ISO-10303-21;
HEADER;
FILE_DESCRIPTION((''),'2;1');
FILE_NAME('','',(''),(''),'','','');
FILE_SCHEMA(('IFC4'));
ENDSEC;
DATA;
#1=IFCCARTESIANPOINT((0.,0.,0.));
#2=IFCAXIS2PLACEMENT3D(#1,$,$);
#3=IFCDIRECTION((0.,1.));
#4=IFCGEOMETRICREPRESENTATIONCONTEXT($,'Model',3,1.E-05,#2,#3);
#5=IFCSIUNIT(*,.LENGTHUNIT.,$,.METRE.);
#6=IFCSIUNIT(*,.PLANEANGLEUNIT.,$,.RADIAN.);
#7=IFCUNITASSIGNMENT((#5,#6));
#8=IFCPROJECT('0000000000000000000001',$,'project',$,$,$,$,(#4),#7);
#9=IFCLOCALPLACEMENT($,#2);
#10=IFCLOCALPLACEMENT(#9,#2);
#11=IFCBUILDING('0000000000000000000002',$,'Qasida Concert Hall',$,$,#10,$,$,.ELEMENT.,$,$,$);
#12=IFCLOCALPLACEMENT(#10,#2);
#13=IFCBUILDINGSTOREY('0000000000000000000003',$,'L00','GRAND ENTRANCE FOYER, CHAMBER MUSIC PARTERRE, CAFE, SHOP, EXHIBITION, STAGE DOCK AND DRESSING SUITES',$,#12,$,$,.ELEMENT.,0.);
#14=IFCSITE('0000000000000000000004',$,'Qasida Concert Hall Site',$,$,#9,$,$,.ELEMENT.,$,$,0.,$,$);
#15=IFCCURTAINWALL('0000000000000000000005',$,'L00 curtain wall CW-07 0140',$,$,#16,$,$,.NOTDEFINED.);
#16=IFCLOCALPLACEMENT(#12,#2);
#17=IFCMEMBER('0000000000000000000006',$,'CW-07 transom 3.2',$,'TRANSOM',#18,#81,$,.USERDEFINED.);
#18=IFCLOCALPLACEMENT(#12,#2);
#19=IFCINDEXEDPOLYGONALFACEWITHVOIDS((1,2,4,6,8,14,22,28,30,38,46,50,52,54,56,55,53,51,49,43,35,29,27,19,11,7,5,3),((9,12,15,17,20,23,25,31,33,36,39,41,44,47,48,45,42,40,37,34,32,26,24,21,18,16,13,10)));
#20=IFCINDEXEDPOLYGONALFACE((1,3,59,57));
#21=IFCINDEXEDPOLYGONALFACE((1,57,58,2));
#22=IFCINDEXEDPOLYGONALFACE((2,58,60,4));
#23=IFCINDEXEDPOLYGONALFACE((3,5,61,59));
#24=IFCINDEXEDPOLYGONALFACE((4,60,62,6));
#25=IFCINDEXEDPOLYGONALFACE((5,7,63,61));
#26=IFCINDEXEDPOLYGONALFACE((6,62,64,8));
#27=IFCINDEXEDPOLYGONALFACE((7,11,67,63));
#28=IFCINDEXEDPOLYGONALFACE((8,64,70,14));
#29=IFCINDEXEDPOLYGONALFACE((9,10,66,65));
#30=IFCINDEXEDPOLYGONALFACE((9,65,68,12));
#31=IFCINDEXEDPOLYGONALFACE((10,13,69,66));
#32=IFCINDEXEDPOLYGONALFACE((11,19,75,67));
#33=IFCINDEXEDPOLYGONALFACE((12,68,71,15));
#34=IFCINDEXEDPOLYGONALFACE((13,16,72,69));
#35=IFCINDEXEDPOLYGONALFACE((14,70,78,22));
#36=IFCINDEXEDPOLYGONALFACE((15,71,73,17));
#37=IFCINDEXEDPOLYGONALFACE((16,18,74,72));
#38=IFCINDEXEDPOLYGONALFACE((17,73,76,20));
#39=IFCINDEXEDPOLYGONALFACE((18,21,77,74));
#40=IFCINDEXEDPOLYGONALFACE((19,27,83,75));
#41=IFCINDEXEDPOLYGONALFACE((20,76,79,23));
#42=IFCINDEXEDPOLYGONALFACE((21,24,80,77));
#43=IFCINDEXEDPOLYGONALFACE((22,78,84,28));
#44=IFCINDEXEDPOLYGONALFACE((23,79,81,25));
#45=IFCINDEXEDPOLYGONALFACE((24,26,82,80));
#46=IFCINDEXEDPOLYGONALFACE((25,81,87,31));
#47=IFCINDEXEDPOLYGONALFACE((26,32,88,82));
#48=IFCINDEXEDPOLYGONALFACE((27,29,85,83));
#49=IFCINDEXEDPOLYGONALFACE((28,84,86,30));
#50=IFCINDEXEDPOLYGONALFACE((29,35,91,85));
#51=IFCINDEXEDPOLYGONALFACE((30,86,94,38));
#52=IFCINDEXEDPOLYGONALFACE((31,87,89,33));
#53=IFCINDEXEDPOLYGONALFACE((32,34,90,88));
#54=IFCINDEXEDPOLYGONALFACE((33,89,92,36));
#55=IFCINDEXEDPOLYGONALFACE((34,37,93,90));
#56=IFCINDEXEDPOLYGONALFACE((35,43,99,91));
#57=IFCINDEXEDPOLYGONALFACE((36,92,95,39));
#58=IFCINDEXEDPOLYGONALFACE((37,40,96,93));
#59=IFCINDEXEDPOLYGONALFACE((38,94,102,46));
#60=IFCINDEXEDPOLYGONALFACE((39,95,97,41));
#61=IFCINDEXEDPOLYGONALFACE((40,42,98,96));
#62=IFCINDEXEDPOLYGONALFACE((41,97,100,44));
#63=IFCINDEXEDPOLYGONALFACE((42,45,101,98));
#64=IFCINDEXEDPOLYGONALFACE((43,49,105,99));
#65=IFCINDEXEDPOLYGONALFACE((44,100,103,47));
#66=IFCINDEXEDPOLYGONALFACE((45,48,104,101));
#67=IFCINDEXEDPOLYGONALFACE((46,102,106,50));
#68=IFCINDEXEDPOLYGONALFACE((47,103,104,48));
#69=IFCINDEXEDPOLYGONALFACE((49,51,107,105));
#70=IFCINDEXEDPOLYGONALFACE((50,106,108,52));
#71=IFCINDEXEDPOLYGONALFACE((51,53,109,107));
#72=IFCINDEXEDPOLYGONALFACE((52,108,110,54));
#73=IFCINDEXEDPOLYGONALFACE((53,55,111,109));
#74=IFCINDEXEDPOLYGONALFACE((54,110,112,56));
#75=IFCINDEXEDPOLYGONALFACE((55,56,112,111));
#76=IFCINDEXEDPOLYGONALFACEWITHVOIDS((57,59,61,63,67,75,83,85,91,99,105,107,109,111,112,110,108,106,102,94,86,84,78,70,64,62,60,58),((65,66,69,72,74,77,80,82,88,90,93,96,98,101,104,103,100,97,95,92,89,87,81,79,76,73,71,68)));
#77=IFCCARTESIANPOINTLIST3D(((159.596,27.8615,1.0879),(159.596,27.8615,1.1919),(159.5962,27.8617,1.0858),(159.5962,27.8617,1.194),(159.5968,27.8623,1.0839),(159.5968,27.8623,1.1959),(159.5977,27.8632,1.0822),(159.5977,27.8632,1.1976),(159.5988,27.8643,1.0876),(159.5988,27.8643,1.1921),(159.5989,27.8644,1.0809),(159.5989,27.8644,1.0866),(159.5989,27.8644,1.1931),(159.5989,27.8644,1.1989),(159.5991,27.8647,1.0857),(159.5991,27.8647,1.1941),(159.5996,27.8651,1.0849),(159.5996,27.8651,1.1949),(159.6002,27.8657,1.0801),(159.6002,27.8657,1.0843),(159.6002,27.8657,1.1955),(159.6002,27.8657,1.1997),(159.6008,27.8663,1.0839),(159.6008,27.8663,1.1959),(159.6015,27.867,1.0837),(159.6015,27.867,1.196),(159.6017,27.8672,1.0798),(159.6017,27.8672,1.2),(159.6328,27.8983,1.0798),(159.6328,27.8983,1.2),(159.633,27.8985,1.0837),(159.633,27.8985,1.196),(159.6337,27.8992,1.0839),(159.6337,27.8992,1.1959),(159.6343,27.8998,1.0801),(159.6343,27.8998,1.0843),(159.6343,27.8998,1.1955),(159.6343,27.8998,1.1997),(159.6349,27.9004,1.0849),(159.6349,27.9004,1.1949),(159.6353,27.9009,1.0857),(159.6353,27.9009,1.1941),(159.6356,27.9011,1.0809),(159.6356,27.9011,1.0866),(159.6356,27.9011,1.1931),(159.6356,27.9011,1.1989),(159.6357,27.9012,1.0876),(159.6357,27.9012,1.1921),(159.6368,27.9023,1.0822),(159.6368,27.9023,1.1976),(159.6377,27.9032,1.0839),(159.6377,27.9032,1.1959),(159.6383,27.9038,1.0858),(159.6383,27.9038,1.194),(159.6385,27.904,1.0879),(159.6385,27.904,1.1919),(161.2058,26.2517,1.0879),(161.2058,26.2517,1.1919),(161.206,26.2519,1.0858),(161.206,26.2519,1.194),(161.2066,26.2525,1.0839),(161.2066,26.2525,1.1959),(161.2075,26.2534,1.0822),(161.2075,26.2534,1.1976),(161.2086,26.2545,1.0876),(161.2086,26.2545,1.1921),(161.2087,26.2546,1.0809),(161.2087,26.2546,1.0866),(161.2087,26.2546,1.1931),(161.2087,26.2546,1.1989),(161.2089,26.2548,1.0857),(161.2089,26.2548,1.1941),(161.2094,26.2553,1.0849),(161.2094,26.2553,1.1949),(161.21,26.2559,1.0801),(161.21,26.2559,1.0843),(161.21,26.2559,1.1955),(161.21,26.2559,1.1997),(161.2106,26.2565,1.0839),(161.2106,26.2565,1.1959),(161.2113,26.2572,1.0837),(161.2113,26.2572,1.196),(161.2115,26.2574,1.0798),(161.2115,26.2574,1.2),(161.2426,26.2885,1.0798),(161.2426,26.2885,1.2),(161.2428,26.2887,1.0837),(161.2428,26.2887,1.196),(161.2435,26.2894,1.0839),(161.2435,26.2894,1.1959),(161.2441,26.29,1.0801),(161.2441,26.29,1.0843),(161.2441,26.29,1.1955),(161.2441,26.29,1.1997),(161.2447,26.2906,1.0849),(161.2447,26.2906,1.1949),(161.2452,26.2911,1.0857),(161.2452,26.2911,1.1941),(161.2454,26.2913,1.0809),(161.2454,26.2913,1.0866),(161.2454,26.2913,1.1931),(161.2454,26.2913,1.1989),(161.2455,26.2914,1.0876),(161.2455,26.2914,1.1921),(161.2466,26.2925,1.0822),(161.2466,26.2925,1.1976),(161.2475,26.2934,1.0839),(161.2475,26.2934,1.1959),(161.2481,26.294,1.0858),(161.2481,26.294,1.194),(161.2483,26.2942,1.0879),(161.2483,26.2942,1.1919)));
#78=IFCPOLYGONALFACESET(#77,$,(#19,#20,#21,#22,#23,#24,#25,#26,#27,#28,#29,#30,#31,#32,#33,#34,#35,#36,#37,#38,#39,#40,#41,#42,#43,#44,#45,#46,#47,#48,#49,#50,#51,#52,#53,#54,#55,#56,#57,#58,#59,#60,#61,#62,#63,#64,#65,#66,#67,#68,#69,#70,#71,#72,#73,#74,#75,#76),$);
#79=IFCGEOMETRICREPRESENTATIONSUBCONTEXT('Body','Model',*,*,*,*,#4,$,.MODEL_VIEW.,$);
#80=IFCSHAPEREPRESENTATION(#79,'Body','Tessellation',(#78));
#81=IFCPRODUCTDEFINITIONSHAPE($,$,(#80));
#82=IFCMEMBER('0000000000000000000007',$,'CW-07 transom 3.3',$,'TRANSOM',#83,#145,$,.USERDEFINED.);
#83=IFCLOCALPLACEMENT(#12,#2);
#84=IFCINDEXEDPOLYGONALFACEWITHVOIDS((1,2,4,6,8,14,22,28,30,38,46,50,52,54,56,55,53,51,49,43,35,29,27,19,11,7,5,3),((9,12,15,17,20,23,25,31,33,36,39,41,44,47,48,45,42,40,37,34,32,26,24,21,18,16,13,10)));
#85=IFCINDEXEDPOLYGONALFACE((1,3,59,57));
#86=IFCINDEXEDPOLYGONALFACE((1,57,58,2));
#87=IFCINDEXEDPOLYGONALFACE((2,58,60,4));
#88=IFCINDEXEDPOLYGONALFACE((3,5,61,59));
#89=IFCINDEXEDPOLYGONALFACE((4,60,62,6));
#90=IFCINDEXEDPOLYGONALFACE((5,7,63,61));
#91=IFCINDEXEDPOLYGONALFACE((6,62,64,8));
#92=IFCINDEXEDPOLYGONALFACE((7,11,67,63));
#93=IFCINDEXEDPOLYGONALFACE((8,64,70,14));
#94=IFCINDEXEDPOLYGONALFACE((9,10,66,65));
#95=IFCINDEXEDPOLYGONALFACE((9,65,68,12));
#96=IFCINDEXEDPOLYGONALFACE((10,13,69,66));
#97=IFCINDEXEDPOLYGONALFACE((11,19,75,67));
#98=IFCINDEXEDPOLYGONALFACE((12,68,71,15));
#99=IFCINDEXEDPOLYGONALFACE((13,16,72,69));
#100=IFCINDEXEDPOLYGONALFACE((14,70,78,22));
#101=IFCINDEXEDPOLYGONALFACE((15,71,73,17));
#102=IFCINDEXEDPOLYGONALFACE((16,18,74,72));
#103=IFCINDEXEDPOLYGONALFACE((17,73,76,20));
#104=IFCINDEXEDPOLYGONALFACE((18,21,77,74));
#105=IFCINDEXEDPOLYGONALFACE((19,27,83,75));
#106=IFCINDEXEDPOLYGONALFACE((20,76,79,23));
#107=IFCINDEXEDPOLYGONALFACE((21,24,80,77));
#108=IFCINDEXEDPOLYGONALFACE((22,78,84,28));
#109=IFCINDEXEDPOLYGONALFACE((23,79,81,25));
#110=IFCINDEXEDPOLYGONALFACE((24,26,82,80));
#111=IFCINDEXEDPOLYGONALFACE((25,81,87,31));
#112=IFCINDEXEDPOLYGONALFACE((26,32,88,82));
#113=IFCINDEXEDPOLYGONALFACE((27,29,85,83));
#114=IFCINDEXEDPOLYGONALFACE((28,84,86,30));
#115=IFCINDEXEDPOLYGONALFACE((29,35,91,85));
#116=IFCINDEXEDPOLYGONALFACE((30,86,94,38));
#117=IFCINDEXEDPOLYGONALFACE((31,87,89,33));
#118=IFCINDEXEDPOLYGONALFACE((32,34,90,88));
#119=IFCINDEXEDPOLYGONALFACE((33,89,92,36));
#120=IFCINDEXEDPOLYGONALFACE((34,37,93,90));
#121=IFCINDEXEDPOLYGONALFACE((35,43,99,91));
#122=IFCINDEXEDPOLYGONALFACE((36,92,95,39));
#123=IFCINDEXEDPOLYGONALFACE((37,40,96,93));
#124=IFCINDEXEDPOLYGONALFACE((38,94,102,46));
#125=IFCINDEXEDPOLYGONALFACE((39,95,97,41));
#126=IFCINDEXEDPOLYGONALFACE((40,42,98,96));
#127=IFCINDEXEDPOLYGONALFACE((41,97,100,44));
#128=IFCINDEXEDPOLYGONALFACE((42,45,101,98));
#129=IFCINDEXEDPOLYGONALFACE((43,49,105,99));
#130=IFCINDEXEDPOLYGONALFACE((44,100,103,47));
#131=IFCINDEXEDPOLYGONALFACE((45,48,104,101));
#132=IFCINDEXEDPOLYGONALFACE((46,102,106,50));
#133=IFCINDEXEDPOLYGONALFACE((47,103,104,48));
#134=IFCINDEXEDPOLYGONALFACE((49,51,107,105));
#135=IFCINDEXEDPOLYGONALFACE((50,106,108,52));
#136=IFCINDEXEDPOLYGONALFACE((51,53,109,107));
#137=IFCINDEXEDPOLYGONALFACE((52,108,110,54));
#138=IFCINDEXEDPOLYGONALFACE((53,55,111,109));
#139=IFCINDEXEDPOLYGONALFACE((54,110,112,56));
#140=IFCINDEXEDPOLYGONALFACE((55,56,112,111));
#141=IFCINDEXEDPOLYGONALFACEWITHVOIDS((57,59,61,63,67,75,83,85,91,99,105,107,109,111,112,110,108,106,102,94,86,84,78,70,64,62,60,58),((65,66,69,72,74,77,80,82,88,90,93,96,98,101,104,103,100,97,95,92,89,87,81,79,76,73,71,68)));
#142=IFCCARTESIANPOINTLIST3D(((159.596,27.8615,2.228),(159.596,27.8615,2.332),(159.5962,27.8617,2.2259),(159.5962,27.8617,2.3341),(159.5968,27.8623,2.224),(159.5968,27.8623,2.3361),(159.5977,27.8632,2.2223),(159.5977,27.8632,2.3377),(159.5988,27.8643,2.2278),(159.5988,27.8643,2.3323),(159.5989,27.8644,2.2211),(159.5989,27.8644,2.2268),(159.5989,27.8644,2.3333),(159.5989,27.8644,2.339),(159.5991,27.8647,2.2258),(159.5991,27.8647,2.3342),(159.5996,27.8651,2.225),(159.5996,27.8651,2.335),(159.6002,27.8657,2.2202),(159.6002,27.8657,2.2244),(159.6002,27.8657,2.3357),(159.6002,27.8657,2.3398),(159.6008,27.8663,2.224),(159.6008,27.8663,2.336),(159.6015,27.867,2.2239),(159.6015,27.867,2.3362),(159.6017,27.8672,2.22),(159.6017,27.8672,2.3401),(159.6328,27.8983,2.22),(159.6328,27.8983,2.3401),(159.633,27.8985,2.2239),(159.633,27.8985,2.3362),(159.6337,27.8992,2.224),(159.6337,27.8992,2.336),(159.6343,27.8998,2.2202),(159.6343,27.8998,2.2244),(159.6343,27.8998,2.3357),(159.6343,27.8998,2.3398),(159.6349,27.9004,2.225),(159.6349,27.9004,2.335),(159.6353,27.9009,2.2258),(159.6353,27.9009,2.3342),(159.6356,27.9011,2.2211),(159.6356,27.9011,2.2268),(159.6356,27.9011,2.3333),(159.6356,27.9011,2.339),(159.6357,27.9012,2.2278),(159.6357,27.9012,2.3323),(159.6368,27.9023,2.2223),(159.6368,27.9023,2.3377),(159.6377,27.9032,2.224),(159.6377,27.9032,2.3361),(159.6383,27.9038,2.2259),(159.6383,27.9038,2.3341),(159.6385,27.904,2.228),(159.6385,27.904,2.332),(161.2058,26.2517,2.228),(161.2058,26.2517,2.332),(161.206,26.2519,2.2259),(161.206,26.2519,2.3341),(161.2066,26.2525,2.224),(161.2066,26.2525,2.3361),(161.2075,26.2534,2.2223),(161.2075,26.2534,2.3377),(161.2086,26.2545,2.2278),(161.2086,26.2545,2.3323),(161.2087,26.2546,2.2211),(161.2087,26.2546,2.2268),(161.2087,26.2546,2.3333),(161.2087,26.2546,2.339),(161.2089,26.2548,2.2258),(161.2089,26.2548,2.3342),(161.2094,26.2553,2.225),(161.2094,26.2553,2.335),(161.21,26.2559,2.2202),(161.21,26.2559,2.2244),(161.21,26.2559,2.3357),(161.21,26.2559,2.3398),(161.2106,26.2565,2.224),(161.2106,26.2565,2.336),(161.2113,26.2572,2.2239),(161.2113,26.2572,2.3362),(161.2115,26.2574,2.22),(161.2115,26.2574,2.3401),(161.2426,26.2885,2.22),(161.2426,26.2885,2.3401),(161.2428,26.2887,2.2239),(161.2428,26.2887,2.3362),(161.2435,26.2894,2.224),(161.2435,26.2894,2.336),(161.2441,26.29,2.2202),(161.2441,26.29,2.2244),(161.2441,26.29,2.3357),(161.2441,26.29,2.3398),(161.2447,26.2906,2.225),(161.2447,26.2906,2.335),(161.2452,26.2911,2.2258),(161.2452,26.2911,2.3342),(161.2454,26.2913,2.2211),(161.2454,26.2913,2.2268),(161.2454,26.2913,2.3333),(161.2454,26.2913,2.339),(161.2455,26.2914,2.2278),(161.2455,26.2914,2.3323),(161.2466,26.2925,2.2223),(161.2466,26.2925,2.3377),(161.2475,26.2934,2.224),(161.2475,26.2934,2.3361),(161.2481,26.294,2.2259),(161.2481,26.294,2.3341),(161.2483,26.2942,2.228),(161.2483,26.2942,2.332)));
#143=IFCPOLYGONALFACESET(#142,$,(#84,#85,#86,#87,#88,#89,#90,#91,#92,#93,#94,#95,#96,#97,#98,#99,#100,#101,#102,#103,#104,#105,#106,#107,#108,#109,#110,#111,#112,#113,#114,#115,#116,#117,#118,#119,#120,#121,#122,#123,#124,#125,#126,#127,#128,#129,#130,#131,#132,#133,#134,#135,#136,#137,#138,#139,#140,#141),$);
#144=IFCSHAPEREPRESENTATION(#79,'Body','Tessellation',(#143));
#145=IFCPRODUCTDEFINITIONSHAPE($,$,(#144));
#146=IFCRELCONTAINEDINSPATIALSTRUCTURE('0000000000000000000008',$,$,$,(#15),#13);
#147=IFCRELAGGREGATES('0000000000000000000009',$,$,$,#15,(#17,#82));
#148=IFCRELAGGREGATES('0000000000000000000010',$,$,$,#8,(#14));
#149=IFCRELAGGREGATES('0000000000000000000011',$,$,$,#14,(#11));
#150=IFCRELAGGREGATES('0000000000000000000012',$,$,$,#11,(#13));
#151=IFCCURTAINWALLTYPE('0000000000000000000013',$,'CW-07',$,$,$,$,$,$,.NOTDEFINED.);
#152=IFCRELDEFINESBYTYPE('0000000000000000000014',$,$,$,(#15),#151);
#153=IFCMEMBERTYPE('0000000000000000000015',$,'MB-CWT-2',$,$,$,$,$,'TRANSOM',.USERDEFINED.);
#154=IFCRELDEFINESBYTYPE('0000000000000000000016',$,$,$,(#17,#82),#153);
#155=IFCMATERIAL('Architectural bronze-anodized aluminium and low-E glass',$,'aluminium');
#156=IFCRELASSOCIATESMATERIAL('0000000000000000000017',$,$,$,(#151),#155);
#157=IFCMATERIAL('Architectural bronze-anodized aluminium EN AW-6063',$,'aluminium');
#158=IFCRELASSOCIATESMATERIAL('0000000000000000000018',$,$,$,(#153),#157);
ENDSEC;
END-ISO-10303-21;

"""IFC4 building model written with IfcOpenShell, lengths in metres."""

from ifc_helpers import new_model, si_unit, direction, frame, origin, origin_2d, place, context, subcontext, project, spatial, hollow_rectangle, extrude, material, material_profile, profile_set, type_object, element, aggregate, save


model = new_model("IFC4")

# Units and contexts
model_context = context("Model", 3, precision=1e-05, world=origin(), true_north=direction((0.0, 1.0)))
body_context = subcontext(model_context, "Body", "Model", "MODEL_VIEW")
ifc_project = project(units=[si_unit("LENGTHUNIT", "METRE"), si_unit("PLANEANGLEUNIT", "RADIAN")], contexts=[model_context])

# Site, building, storey
site_placement = place(None, origin())
site = spatial("IfcSite", under=ifc_project, at=site_placement, Name="Qasida Concert Hall Site", CompositionType="ELEMENT", RefElevation=0.0)
building_placement = place(site_placement, origin())
building = spatial("IfcBuilding", under=site, at=building_placement, Name="Qasida Concert Hall", CompositionType="ELEMENT")
storey_placement = place(building_placement, origin())
storey = spatial("IfcBuildingStorey", under=building, at=storey_placement, Name="L00", Description="GRAND ENTRANCE FOYER, CHAMBER MUSIC PARTERRE, CAFE, SHOP, EXHIBITION, STAGE DOCK AND DRESSING SUITES", CompositionType="ELEMENT", Elevation=0.0)

# Curtain wall, members
ifc_material_1 = material(Name="Architectural bronze-anodized aluminium and low-E glass", Category="aluminium")
curtain_wall_type = type_object("IfcCurtainWallType", Name="CW-07", PredefinedType="NOTDEFINED", material=ifc_material_1)
curtain_wall_placement = place(storey_placement, origin())
curtain_wall = element("IfcCurtainWall", 1, at=curtain_wall_placement, inside=storey, type_object=curtain_wall_type, Name="L00 curtain wall CW-07 0140", PredefinedType="NOTDEFINED")
ifc_material_2 = material(Name="Architectural bronze-anodized aluminium EN AW-6063", Category="aluminium")
ifc_material_profile_1 = material_profile(ifc_material_2, hollow_rectangle(XDim=0.0601, YDim=0.1201, WallThickness=0.0039, InnerFilletRadius=0.0039, OuterFilletRadius=0.0081, at=origin_2d()), Name="CWT 120x60x4")
ifc_profile_set_1 = profile_set([ifc_material_profile_1], Name="Architectural bronze-anodized aluminium EN AW-6063")
member_type_1 = type_object("IfcMemberType", Name="MB-CWT-2", ElementType="TRANSOM", PredefinedType="USERDEFINED", material=ifc_profile_set_1)
member_1_placement = place(storey_placement, frame((161.2271, 26.2729, 1.1399), z_axis=(-0.707107, 0.707107, 0.0), x_axis=(-0.707107, -0.707107, 0.0)))
member_1 = element("IfcMember", 2, at=member_1_placement, type_object=member_type_1, Name="CW-07 transom 3.2", ObjectType="TRANSOM", PredefinedType="USERDEFINED", context=body_context, shape_type="SweptSolid", body=[
    extrude(hollow_rectangle(XDim=0.0601, YDim=0.1201, WallThickness=0.0039, InnerFilletRadius=0.0039, OuterFilletRadius=0.0081, at=origin_2d()), origin(), (0.0, 0.0, 1.0), 2.2766),
])
member_2_placement = place(storey_placement, frame((161.2271, 26.2729, 2.28), z_axis=(-0.707107, 0.707107, 0.0), x_axis=(-0.707107, -0.707107, 0.0)))
member_2 = element("IfcMember", 3, at=member_2_placement, type_object=member_type_1, Name="CW-07 transom 3.3", ObjectType="TRANSOM", PredefinedType="USERDEFINED", context=body_context, shape_type="SweptSolid", body=[
    extrude(hollow_rectangle(XDim=0.0601, YDim=0.1201, WallThickness=0.0039, InnerFilletRadius=0.0039, OuterFilletRadius=0.0081, at=origin_2d()), origin(), (0.0, 0.0, 1.0), 2.2766),
])
aggregate(curtain_wall, [member_1, member_2])

save(model, "model.ifc")
